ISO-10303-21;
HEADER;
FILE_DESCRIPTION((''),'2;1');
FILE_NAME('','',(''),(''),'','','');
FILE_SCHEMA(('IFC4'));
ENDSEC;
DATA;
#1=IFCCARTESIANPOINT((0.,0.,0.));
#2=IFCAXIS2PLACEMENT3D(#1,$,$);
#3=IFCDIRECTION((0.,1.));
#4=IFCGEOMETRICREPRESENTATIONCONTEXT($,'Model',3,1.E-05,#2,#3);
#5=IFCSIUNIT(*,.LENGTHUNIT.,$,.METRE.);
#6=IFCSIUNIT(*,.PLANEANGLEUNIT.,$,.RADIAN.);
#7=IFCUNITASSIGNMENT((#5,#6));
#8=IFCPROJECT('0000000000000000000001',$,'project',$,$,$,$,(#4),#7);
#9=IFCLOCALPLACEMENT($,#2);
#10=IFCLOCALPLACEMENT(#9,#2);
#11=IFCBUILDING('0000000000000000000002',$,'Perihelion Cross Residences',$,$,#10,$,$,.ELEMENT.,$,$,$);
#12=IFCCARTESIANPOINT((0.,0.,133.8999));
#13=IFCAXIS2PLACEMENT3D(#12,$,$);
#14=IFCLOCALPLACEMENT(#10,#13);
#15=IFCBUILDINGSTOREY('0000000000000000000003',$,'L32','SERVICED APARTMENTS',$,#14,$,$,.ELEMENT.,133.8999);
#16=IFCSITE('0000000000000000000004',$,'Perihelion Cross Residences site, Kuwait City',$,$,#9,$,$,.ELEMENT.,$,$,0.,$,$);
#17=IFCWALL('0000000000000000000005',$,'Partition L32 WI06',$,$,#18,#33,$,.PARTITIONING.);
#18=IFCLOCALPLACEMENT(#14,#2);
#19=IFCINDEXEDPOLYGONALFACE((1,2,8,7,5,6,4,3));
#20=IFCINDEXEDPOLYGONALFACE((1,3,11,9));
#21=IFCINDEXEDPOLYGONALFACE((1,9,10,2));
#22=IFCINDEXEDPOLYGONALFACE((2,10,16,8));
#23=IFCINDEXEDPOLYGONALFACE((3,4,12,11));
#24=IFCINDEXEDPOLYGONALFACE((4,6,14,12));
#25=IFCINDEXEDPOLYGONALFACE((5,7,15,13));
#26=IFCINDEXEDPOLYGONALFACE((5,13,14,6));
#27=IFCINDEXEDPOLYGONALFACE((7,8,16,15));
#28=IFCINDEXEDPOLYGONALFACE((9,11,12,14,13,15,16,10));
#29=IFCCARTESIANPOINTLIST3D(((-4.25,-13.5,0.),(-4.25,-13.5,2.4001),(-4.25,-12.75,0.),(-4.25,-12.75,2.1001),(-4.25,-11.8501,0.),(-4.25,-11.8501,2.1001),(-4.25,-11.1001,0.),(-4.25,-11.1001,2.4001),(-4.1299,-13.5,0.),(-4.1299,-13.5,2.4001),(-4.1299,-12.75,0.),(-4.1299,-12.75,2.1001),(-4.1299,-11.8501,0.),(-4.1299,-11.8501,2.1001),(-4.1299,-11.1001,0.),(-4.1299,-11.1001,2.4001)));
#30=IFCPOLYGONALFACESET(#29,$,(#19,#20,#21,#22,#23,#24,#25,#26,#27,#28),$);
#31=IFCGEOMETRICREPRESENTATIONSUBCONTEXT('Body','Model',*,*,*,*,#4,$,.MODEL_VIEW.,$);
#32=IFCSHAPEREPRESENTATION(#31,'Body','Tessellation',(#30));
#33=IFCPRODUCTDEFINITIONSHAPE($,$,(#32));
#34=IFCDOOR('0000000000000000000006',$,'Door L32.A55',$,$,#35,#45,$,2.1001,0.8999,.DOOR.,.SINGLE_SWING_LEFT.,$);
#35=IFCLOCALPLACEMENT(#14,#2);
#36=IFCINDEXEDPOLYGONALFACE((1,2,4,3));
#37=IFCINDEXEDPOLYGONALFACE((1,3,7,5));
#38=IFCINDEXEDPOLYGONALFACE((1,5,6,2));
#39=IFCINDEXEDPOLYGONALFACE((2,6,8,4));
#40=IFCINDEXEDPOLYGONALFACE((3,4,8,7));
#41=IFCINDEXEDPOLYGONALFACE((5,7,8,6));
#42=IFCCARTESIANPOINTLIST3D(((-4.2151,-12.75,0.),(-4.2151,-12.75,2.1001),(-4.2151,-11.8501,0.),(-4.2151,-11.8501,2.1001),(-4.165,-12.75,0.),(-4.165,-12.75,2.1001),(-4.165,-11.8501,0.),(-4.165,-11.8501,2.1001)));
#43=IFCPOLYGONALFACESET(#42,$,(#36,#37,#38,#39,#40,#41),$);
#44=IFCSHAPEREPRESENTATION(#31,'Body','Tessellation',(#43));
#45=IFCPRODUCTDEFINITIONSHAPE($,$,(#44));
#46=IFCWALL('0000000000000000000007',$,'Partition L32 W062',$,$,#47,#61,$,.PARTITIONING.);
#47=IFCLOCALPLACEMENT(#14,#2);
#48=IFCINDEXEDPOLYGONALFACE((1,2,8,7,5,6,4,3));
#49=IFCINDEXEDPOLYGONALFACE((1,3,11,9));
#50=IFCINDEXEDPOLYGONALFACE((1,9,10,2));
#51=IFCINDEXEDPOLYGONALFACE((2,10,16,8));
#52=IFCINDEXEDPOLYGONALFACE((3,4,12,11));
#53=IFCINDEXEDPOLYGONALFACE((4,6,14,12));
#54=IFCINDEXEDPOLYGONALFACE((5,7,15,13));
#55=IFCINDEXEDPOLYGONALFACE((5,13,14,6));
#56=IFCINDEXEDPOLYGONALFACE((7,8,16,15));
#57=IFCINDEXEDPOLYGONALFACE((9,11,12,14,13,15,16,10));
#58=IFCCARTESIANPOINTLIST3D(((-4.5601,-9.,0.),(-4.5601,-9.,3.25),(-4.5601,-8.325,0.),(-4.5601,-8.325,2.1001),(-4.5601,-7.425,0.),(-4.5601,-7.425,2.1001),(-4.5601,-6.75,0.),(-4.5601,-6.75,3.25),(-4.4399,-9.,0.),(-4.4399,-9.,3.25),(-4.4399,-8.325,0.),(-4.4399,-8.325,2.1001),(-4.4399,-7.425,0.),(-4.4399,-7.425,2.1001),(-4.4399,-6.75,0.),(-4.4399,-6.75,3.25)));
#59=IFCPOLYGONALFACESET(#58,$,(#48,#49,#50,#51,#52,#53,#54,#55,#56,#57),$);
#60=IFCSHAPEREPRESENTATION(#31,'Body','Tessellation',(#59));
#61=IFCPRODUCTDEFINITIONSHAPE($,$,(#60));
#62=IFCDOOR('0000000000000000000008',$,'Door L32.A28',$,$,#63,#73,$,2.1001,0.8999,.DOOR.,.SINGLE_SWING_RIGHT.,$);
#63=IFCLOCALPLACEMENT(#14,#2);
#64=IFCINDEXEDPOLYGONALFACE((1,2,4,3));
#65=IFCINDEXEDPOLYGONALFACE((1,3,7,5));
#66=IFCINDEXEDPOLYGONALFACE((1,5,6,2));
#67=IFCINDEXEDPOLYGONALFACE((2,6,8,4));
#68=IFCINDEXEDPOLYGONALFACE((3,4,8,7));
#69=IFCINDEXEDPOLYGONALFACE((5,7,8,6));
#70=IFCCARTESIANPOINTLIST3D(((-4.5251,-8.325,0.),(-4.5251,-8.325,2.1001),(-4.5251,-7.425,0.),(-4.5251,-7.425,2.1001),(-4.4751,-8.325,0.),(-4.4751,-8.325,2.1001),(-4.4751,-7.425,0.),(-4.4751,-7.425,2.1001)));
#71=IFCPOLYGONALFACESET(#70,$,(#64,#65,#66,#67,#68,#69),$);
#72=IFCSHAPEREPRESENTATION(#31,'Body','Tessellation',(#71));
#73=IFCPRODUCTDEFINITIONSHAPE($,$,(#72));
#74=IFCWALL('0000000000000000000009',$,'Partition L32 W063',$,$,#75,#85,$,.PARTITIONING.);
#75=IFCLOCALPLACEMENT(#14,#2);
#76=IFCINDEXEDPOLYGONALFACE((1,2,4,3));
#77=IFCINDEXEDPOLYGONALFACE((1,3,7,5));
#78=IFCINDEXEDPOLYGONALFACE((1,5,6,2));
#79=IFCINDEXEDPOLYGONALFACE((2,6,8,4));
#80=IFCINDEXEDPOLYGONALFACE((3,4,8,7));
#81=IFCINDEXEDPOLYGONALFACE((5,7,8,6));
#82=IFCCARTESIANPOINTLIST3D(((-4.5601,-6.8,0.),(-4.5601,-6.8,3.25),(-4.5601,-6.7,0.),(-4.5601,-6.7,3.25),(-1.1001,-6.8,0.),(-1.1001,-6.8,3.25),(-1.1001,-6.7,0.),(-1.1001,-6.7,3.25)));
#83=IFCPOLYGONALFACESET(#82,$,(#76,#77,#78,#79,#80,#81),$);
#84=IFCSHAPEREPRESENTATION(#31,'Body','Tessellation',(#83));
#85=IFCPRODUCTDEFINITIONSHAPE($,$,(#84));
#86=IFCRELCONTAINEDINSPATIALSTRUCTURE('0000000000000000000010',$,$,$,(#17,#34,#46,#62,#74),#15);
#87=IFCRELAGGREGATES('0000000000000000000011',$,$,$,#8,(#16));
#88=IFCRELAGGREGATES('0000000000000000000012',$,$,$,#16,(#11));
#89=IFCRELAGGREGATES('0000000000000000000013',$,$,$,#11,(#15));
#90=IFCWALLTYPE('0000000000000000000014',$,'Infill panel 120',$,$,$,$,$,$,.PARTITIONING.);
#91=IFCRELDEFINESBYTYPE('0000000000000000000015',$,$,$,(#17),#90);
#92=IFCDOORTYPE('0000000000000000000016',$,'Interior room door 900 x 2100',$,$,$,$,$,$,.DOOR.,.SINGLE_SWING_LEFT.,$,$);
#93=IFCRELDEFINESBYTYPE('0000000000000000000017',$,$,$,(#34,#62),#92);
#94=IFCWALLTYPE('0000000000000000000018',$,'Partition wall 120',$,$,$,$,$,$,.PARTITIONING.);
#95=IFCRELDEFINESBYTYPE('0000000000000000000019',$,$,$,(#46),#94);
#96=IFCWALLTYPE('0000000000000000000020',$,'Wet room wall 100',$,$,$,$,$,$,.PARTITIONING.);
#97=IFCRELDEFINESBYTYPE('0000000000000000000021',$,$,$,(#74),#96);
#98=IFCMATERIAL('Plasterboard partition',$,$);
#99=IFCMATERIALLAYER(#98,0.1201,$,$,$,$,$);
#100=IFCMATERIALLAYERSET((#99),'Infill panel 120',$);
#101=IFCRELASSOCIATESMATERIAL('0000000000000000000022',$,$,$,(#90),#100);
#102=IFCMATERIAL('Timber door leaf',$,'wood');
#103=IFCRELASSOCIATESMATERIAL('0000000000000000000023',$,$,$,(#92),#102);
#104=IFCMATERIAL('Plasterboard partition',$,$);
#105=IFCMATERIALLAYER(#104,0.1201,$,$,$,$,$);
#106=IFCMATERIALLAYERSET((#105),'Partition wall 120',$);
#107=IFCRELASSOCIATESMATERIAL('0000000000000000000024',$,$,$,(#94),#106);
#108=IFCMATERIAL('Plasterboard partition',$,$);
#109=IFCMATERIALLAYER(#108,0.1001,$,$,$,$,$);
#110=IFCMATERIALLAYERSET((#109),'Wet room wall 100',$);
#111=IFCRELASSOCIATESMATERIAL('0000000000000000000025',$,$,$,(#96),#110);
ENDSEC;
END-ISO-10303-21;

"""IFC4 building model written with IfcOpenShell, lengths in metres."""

from ifc_helpers import new_model, si_unit, direction, frame, frame_2d, origin, place, context, subcontext, project, spatial, rectangle, extrude, material, layer, layer_set, type_object, element, fill, save


model = new_model("IFC4")

# Units and contexts
model_context = context("Model", 3, precision=1e-05, world=origin(), true_north=direction((0.0, 1.0)))
body_context = subcontext(model_context, "Body", "Model", "MODEL_VIEW")
ifc_project = project(units=[si_unit("LENGTHUNIT", "METRE"), si_unit("PLANEANGLEUNIT", "RADIAN")], contexts=[model_context])

# Site, building, storey
site_placement = place(None, origin())
site = spatial("IfcSite", under=ifc_project, at=site_placement, Name="Perihelion Cross Residences site, Kuwait City", CompositionType="ELEMENT", RefElevation=0.0)
building_placement = place(site_placement, origin())
building = spatial("IfcBuilding", under=site, at=building_placement, Name="Perihelion Cross Residences", CompositionType="ELEMENT")
storey_placement = place(building_placement, frame((0.0, 0.0, 133.8999)))
storey = spatial("IfcBuildingStorey", under=building, at=storey_placement, Name="L32", Description="SERVICED APARTMENTS", CompositionType="ELEMENT", Elevation=133.8999)

# Walls, openings, doors
ifc_material_1 = material(Name="Plasterboard partition")
ifc_layer_1 = layer(ifc_material_1, 0.1201)
ifc_layer_set_1 = layer_set([ifc_layer_1], Name="Infill panel 120")
wall_type_1 = type_object("IfcWallType", Name="Infill panel 120", PredefinedType="PARTITIONING", material=ifc_layer_set_1)
wall_1_placement = place(storey_placement, frame((-4.1899, -11.1001, 0.0), z_axis=(0.0, 0.0, 1.0), x_axis=(0.0, -1.0, 0.0)))
wall_1 = element("IfcWall", 1, at=wall_1_placement, inside=storey, type_object=wall_type_1, Name="Partition L32 WI06", PredefinedType="PARTITIONING", context=body_context, shape_type="SweptSolid", body=[
    extrude(rectangle(XDim=2.3999, YDim=0.1201, at=frame_2d((1.2, 0.0))), origin(), (0.0, 0.0, 1.0), 2.4001),
])
opening_1_placement = place(wall_1_placement, frame((0.75, 0.0, 0.0)))
opening_1 = element("IfcOpeningElement", 2, at=opening_1_placement, cuts=wall_1, PredefinedType="OPENING", context=body_context, shape_type="SweptSolid", body=[
    extrude(rectangle(XDim=0.8999, YDim=2.1001, at=frame_2d((0.45, 1.05))), frame((0.0, 0.0701, 0.0), z_axis=(0.0, -1.0, 0.0), x_axis=(1.0, 0.0, 0.0)), (0.0, 0.0, 1.0), 0.1401),
])
ifc_material_2 = material(Name="Timber door leaf", Category="wood")
door_type = type_object("IfcDoorType", Name="Interior room door 900 x 2100", OperationType="SINGLE_SWING_LEFT", PredefinedType="DOOR", material=ifc_material_2)
door_1_placement = place(opening_1_placement, origin())
door_1 = element("IfcDoor", 3, at=door_1_placement, inside=storey, type_object=door_type, Name="Door L32.A55", OperationType="SINGLE_SWING_LEFT", OverallHeight=2.1001, OverallWidth=0.8999, PredefinedType="DOOR", context=body_context, shape_type="SweptSolid", body=[
    extrude(rectangle(XDim=0.8999, YDim=2.1001, at=frame_2d((0.45, 1.05))), frame((0.0, 0.0249, 0.0), z_axis=(0.0, -1.0, 0.0), x_axis=(1.0, 0.0, 0.0)), (0.0, 0.0, 1.0), 0.05),
])
fill(opening_1, door_1)
ifc_material_3 = material(Name="Plasterboard partition")
ifc_layer_2 = layer(ifc_material_3, 0.1201)
ifc_layer_set_2 = layer_set([ifc_layer_2], Name="Partition wall 120")
wall_type_2 = type_object("IfcWallType", Name="Partition wall 120", PredefinedType="PARTITIONING", material=ifc_layer_set_2)
wall_2_placement = place(storey_placement, frame((-4.5, -6.75, 0.0), z_axis=(0.0, 0.0, 1.0), x_axis=(0.0, -1.0, 0.0)))
wall_2 = element("IfcWall", 4, at=wall_2_placement, inside=storey, type_object=wall_type_2, Name="Partition L32 W062", PredefinedType="PARTITIONING", context=body_context, shape_type="SweptSolid", body=[
    extrude(rectangle(XDim=2.25, YDim=0.1201, at=frame_2d((1.125, 0.0))), origin(), (0.0, 0.0, 1.0), 3.25),
])
opening_2_placement = place(wall_2_placement, frame((0.675, 0.0, 0.0)))
opening_2 = element("IfcOpeningElement", 5, at=opening_2_placement, cuts=wall_2, PredefinedType="OPENING", context=body_context, shape_type="SweptSolid", body=[
    extrude(rectangle(XDim=0.8999, YDim=2.1001, at=frame_2d((0.45, 1.05))), frame((0.0, 0.0701, 0.0), z_axis=(0.0, -1.0, 0.0), x_axis=(1.0, 0.0, 0.0)), (0.0, 0.0, 1.0), 0.1401),
])
door_2_placement = place(opening_2_placement, origin())
door_2 = element("IfcDoor", 6, at=door_2_placement, inside=storey, type_object=door_type, Name="Door L32.A28", OperationType="SINGLE_SWING_RIGHT", OverallHeight=2.1001, OverallWidth=0.8999, PredefinedType="DOOR", context=body_context, shape_type="SweptSolid", body=[
    extrude(rectangle(XDim=0.8999, YDim=2.1001, at=frame_2d((0.45, 1.05))), frame((0.0, 0.0249, 0.0), z_axis=(0.0, -1.0, 0.0), x_axis=(1.0, 0.0, 0.0)), (0.0, 0.0, 1.0), 0.05),
])
fill(opening_2, door_2)

# Wall
ifc_material_4 = material(Name="Plasterboard partition")
ifc_layer_3 = layer(ifc_material_4, 0.1001)
ifc_layer_set_3 = layer_set([ifc_layer_3], Name="Wet room wall 100")
wall_type_3 = type_object("IfcWallType", Name="Wet room wall 100", PredefinedType="PARTITIONING", material=ifc_layer_set_3)
wall_3_placement = place(storey_placement, frame((-1.1001, -6.75, 0.0), z_axis=(0.0, 0.0, 1.0), x_axis=(-1.0, 0.0, 0.0)))
element("IfcWall", 7, at=wall_3_placement, inside=storey, type_object=wall_type_3, Name="Partition L32 W063", PredefinedType="PARTITIONING", context=body_context, shape_type="SweptSolid", body=[
    extrude(rectangle(XDim=3.46, YDim=0.1001, at=frame_2d((1.73, 0.0))), origin(), (0.0, 0.0, 1.0), 3.25),
])

save(model, "model.ifc")
